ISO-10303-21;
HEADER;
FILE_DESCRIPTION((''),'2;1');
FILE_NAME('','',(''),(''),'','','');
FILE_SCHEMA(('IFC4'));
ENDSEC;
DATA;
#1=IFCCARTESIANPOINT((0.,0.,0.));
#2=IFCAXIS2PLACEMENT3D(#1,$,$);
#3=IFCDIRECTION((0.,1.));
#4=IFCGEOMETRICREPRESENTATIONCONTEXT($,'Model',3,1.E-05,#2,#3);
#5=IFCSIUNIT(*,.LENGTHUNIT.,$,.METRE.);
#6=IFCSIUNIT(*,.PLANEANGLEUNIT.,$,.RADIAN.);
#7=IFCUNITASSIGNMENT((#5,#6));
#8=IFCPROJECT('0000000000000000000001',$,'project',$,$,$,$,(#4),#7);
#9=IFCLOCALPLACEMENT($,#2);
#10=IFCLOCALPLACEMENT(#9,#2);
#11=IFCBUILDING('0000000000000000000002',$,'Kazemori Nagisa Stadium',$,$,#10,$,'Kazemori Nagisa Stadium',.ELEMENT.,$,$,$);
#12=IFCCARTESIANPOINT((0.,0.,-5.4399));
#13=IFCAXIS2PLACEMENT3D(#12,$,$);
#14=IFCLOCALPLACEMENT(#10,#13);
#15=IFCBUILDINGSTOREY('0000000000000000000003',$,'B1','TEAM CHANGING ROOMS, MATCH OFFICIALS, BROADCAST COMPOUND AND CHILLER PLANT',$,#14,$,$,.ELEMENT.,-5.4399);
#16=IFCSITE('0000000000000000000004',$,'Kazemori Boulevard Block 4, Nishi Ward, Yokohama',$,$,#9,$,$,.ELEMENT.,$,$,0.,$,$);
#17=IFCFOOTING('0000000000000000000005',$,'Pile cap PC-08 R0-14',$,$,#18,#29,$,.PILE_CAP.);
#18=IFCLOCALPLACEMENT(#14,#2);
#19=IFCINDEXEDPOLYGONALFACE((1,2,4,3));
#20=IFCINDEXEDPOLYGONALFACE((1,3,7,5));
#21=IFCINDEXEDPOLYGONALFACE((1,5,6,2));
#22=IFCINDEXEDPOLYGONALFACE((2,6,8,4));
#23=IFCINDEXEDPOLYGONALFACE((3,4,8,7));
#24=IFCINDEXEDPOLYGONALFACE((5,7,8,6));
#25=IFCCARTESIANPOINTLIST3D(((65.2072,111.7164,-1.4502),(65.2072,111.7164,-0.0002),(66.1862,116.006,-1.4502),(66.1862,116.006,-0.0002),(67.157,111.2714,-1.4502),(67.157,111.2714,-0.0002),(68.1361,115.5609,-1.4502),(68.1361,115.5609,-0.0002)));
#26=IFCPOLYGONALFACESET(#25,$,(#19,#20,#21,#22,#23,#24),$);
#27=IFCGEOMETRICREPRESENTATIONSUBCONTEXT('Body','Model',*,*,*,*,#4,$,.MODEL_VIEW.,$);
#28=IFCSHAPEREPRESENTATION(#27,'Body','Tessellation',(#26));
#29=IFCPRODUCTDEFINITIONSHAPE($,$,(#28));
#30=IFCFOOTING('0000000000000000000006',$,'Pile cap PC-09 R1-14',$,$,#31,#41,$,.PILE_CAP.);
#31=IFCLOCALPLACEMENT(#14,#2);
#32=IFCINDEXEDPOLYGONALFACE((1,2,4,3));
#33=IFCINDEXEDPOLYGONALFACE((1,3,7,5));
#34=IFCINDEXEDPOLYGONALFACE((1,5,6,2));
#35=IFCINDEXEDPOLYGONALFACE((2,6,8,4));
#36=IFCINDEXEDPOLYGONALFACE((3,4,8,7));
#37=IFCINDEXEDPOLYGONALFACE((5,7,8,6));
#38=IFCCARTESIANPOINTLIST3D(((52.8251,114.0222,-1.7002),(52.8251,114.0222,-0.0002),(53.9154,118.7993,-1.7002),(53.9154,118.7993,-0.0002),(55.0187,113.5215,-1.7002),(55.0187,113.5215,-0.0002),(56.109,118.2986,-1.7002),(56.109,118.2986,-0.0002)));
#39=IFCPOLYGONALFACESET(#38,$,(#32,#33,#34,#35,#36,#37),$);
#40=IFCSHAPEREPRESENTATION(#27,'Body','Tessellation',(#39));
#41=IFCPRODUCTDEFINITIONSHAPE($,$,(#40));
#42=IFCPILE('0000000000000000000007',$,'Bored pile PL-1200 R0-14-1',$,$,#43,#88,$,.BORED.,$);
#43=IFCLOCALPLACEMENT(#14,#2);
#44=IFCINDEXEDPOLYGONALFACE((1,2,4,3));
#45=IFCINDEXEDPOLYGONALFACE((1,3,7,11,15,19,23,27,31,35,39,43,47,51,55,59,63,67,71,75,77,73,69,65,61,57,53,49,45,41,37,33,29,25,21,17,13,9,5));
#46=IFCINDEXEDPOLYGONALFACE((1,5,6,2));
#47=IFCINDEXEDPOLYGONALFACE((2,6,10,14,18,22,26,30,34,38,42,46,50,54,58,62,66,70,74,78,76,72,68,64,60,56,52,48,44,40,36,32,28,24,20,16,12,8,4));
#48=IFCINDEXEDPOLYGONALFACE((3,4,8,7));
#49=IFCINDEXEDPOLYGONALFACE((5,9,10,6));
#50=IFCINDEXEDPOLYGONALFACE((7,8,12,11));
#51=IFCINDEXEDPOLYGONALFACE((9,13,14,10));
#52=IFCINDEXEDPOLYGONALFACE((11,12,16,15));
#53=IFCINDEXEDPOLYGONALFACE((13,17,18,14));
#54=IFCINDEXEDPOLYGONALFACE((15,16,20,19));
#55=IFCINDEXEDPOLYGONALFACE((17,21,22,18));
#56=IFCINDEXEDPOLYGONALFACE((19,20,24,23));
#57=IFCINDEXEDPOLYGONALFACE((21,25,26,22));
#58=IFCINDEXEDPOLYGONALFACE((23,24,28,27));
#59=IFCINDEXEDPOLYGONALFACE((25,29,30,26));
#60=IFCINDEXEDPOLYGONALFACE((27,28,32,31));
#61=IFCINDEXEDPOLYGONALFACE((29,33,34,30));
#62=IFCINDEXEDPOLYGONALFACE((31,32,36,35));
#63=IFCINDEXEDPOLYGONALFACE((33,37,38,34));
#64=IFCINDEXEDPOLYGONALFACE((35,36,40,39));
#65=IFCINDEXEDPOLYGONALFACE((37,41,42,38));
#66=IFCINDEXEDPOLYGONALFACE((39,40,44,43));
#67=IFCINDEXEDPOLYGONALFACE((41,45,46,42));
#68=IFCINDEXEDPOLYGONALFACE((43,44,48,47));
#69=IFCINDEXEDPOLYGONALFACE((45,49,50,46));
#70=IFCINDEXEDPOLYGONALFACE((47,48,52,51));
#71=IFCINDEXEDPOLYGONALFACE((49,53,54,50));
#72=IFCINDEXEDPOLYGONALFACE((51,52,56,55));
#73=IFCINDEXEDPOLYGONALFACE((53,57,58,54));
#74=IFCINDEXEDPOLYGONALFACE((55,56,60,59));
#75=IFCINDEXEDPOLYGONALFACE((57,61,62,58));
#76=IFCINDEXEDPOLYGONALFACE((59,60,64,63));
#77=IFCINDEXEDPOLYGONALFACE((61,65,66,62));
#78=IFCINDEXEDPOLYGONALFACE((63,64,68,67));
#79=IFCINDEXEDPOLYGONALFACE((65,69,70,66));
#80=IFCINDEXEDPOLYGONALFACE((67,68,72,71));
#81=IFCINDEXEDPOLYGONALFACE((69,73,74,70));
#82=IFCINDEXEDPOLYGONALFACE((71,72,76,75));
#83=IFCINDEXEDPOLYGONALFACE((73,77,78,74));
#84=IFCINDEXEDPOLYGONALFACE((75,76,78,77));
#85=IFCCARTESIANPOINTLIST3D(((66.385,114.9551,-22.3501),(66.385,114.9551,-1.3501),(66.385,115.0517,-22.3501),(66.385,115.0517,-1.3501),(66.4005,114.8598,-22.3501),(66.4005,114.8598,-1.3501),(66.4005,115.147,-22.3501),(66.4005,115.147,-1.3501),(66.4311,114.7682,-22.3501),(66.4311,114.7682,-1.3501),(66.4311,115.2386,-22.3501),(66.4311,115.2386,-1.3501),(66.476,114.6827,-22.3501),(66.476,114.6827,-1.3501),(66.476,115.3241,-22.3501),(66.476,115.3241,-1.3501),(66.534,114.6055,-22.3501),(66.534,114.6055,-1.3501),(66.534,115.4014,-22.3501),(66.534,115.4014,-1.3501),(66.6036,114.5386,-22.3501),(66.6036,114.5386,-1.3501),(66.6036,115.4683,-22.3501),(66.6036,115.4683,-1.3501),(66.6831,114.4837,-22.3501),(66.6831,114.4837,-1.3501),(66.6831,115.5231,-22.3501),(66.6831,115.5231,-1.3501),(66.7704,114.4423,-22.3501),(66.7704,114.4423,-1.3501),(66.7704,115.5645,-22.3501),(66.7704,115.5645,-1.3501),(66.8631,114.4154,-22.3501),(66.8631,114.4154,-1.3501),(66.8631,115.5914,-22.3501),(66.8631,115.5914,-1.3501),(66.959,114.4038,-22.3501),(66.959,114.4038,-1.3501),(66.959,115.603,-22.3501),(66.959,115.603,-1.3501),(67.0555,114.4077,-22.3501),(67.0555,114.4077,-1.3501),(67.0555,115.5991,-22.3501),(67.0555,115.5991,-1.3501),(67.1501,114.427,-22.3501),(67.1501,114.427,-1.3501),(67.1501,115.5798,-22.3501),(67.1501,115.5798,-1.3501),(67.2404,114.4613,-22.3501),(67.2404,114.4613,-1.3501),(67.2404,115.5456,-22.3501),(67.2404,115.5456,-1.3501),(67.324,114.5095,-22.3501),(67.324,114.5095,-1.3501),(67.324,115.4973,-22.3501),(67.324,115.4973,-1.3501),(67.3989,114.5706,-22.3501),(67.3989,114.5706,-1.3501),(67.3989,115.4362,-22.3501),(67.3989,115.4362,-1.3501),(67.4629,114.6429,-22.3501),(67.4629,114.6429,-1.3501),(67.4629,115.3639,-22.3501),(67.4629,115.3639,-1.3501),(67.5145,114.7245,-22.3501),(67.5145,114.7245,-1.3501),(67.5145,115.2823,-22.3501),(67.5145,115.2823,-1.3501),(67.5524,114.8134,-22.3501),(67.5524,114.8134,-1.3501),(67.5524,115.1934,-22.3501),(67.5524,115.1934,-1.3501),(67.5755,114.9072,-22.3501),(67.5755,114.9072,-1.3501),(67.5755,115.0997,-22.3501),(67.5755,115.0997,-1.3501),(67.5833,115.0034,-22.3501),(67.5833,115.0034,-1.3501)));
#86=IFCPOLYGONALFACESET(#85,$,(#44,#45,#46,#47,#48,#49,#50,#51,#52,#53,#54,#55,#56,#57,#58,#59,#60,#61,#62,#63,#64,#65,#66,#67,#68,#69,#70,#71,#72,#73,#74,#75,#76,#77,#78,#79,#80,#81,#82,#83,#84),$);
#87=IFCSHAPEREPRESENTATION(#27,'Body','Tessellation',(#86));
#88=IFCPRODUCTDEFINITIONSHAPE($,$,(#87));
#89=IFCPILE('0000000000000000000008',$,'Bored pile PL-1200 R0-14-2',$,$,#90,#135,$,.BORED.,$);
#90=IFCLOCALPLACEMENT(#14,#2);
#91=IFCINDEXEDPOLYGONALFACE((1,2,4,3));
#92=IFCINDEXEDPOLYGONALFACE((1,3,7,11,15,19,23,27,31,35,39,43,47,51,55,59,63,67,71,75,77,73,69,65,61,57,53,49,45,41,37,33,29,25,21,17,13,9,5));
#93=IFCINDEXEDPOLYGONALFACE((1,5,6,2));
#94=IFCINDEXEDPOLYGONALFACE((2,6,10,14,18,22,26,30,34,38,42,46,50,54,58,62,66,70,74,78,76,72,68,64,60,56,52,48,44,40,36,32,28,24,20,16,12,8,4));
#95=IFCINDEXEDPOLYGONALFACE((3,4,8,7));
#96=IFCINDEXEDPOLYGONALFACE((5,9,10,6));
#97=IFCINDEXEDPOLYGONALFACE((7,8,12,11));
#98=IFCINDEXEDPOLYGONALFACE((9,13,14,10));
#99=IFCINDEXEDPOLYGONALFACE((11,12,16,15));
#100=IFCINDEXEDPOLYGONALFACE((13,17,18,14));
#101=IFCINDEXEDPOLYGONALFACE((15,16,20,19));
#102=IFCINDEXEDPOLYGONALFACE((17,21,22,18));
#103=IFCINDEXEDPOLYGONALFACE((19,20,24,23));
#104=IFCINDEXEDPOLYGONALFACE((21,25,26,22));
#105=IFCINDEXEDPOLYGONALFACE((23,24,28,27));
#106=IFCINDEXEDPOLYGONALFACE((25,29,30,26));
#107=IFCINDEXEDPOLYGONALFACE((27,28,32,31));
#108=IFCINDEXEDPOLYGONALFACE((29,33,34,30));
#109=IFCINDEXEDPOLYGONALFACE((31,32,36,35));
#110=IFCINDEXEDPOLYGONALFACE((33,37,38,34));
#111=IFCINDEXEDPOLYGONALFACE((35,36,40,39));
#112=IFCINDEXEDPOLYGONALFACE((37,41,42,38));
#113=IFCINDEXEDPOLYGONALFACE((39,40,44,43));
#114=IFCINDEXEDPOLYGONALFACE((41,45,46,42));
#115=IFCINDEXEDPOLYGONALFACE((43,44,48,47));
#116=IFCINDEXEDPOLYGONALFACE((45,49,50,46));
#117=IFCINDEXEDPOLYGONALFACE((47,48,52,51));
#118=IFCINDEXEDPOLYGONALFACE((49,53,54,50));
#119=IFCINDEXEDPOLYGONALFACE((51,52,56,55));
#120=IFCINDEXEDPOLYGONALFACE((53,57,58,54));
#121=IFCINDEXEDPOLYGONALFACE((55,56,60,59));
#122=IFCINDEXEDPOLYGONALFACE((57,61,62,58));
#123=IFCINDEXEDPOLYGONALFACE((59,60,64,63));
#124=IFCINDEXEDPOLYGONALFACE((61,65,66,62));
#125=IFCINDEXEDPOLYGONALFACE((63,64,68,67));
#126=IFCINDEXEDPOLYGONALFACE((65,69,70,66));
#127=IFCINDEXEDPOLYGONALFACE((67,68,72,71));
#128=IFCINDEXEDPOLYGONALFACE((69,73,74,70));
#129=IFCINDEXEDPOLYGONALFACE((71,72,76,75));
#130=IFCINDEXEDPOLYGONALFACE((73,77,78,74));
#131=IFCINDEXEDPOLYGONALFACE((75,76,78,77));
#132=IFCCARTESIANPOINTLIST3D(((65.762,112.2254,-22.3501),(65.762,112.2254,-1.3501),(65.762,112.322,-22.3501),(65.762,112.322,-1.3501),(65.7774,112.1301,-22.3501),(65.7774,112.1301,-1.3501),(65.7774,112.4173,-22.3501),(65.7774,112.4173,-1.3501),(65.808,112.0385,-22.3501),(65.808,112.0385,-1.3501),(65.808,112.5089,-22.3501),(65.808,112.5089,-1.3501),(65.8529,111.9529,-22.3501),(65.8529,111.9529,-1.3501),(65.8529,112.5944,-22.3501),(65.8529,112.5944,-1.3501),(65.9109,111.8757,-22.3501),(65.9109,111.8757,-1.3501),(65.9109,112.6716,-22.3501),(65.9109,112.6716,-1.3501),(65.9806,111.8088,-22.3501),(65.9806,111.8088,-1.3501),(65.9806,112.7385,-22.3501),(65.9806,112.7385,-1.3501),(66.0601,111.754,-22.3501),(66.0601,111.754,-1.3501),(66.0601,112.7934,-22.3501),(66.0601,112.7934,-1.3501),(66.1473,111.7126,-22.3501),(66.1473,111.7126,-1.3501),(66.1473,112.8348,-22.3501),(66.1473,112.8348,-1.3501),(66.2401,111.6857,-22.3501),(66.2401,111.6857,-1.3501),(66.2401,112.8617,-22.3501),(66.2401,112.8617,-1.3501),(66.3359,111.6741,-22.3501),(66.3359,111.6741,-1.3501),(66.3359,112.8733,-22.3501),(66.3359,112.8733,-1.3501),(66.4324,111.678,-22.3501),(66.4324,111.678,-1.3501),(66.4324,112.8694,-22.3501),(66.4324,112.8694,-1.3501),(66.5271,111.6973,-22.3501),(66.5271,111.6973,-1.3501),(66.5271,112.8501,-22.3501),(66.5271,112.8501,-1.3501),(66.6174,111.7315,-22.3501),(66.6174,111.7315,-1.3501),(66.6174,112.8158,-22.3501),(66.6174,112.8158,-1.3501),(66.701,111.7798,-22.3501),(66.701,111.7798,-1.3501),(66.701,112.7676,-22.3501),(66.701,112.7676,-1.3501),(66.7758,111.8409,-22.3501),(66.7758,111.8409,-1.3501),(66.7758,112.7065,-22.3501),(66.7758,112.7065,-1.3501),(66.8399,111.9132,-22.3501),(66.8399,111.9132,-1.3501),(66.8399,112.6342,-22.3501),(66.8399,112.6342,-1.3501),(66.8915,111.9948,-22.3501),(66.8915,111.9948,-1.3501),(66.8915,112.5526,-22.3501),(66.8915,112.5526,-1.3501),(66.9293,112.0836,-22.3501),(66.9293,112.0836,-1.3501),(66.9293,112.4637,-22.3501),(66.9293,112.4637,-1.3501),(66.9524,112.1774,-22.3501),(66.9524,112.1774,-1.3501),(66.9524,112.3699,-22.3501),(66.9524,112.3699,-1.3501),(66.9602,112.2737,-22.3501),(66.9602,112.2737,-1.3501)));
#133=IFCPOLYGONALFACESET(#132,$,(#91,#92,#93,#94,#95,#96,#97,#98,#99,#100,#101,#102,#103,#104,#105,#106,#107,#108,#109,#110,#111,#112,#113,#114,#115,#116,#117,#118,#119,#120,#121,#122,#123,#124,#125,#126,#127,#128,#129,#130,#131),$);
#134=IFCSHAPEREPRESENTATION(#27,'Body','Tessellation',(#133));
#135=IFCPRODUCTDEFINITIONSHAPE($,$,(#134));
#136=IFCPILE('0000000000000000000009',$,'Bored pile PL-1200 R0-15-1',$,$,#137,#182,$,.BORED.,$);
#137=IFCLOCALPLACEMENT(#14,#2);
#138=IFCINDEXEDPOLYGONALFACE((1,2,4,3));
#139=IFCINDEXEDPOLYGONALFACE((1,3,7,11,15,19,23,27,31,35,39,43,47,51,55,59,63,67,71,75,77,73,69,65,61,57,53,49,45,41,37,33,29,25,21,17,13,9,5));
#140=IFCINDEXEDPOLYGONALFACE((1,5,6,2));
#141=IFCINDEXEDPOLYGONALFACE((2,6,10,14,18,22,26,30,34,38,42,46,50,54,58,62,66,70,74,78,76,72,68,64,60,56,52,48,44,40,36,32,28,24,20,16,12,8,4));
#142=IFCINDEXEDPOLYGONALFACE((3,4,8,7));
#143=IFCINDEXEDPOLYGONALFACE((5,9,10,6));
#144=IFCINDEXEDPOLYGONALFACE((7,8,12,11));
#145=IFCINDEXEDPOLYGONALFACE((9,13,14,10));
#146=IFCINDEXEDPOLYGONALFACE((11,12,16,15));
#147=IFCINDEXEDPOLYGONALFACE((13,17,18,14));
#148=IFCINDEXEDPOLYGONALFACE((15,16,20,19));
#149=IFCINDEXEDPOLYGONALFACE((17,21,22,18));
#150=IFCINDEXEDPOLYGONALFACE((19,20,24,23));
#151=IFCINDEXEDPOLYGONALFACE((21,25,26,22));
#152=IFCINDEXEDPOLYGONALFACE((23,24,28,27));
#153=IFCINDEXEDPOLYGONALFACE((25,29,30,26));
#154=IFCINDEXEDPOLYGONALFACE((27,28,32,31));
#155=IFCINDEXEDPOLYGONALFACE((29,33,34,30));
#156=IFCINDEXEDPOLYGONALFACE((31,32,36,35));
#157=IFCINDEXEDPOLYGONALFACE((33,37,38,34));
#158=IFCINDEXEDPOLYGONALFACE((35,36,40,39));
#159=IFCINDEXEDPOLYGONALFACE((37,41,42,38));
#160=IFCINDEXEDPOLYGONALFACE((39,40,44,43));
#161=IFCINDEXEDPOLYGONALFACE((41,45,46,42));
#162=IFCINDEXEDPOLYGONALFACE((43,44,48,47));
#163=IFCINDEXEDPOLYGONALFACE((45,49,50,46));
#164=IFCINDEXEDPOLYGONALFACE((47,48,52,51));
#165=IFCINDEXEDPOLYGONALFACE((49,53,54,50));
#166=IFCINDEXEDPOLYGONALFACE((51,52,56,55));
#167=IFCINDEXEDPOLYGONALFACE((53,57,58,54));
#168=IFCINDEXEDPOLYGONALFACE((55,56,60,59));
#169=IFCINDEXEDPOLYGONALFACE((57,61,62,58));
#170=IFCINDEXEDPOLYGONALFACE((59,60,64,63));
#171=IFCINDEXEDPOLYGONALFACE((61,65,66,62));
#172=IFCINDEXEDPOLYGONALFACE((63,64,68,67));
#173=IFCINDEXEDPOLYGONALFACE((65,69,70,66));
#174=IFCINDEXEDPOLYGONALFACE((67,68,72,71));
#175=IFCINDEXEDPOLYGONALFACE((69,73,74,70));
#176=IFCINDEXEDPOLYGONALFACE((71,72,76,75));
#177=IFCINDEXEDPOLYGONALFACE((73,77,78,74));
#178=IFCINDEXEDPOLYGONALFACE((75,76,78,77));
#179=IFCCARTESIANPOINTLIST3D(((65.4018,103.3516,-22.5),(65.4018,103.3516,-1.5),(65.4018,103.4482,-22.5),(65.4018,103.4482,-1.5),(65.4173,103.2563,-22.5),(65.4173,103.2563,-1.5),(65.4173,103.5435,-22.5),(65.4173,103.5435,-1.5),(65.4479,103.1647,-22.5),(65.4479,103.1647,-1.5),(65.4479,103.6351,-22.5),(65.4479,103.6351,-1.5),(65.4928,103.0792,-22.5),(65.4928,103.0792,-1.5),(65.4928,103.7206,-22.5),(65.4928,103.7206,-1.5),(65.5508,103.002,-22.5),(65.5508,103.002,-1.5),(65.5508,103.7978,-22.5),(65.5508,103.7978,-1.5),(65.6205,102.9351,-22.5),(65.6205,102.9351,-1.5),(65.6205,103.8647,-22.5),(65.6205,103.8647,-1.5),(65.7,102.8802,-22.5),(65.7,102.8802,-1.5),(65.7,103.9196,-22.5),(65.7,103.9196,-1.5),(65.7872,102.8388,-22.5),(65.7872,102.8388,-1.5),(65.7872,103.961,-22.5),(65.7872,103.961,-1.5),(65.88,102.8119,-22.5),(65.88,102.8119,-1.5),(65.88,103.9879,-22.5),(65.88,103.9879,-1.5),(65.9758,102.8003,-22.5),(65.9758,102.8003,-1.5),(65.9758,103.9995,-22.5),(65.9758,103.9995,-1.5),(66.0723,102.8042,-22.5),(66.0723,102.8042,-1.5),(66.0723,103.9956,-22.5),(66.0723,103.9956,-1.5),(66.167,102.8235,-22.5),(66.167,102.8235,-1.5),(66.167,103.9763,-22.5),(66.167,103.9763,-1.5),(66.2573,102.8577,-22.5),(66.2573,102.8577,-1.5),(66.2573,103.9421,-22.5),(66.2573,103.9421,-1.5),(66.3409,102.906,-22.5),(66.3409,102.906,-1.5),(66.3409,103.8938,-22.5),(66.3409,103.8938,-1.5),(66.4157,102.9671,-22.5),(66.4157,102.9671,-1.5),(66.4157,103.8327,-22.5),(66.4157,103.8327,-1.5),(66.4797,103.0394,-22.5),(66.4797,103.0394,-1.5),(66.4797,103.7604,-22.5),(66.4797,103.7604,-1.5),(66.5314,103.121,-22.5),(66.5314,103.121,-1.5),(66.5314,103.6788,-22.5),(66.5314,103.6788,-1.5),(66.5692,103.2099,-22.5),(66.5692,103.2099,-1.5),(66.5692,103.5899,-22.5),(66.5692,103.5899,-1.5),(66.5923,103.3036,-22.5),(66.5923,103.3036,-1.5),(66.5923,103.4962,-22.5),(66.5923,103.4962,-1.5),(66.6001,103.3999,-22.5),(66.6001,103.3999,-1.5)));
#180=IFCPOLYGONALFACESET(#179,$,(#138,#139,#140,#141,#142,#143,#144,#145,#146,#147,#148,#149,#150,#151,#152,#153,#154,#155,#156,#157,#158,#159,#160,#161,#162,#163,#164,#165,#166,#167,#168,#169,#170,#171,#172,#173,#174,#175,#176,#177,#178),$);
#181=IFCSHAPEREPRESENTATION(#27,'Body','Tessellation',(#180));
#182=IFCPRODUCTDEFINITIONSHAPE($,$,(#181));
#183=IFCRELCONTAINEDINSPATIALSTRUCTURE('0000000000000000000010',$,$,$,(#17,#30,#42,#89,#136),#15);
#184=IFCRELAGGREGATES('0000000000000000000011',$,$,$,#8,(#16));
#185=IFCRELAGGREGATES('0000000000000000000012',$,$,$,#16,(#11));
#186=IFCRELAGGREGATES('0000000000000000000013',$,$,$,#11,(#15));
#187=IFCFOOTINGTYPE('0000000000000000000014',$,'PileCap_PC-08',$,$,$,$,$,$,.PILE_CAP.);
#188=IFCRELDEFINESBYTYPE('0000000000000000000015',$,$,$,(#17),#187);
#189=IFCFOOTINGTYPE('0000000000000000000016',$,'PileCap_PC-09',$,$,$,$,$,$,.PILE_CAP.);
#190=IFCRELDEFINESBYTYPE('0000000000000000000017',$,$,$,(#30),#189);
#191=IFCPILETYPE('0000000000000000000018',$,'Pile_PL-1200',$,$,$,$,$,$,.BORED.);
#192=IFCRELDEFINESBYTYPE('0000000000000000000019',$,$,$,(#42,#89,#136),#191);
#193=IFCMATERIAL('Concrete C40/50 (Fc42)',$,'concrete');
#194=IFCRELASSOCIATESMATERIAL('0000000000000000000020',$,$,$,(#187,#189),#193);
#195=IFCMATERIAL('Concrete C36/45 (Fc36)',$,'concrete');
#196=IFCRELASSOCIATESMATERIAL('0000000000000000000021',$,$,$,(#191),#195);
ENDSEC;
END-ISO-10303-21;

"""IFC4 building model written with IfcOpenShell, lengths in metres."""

from ifc_helpers import new_model, si_unit, direction, frame, origin, origin_2d, place, context, subcontext, project, spatial, rectangle, circle, extrude, material, material_profile, profile_set, type_object, element, save


model = new_model("IFC4")

# Units and contexts
model_context = context("Model", 3, precision=1e-05, world=origin(), true_north=direction((0.0, 1.0)))
body_context = subcontext(model_context, "Body", "Model", "MODEL_VIEW")
ifc_project = project(units=[si_unit("LENGTHUNIT", "METRE"), si_unit("PLANEANGLEUNIT", "RADIAN")], contexts=[model_context])

# Site, building, storey
site_placement = place(None, origin())
site = spatial("IfcSite", under=ifc_project, at=site_placement, Name="Kazemori Boulevard Block 4, Nishi Ward, Yokohama", CompositionType="ELEMENT", RefElevation=0.0)
building_placement = place(site_placement, origin())
building = spatial("IfcBuilding", under=site, at=building_placement, Name="Kazemori Nagisa Stadium", LongName="Kazemori Nagisa Stadium", CompositionType="ELEMENT")
storey_placement = place(building_placement, frame((0.0, 0.0, -5.4399)))
storey = spatial("IfcBuildingStorey", under=building, at=storey_placement, Name="B1", Description="TEAM CHANGING ROOMS, MATCH OFFICIALS, BROADCAST COMPOUND AND CHILLER PLANT", CompositionType="ELEMENT", Elevation=-5.4399)

# Footings
ifc_material_1 = material(Name="Concrete C40/50 (Fc42)", Category="concrete")
footing_type_1 = type_object("IfcFootingType", Name="PileCap_PC-08", PredefinedType="PILE_CAP", material=ifc_material_1)
footing_1_placement = place(storey_placement, frame((66.6716, 113.6387, -1.4502), z_axis=(0.0, 0.0, 1.0), x_axis=(-0.222521, -0.974928, 0.0)))
element("IfcFooting", 1, at=footing_1_placement, inside=storey, type_object=footing_type_1, Name="Pile cap PC-08 R0-14", PredefinedType="PILE_CAP", context=body_context, shape_type="SweptSolid", body=[
    extrude(rectangle(XDim=4.3999, YDim=2.0, at=origin_2d()), origin(), (0.0, 0.0, 1.0), 1.45),
])
footing_type_2 = type_object("IfcFootingType", Name="PileCap_PC-09", PredefinedType="PILE_CAP", material=ifc_material_1)
footing_2_placement = place(storey_placement, frame((54.467, 116.1604, -1.7002), z_axis=(0.0, 0.0, 1.0), x_axis=(-0.222521, -0.974928, 0.0)))
element("IfcFooting", 2, at=footing_2_placement, inside=storey, type_object=footing_type_2, Name="Pile cap PC-09 R1-14", PredefinedType="PILE_CAP", context=body_context, shape_type="SweptSolid", body=[
    extrude(rectangle(XDim=4.8999, YDim=2.25, at=origin_2d()), origin(), (0.0, 0.0, 1.0), 1.7),
])

# Piles
ifc_material_2 = material(Name="Concrete C36/45 (Fc36)", Category="concrete")
ifc_material_profile_1 = material_profile(ifc_material_2, circle(Radius=0.6001, at=origin_2d()), Name="PILE-D1200")
ifc_profile_set_1 = profile_set([ifc_material_profile_1], Name="Concrete C36/45 (Fc36)")
pile_type = type_object("IfcPileType", Name="Pile_PL-1200", PredefinedType="BORED", material=ifc_profile_set_1)
for number, where, z_axis, x_axis, name in (
    (3, (66.9832, 115.0034, -1.3501), (0.0, 0.0, -1.0), (1.0, 0.0, 0.0), "Bored pile PL-1200 R0-14-1"),
    (4, (66.3601, 112.2737, -1.3501), (0.0, 0.0, -1.0), (1.0, 0.0, 0.0), "Bored pile PL-1200 R0-14-2"),
    (5, (66.0, 103.3999, -1.5), (0.0, 0.0, -1.0), (1.0, 0.0, 0.0), "Bored pile PL-1200 R0-15-1"),
):
    element("IfcPile", number, at=place(storey_placement, frame(where, z_axis=z_axis, x_axis=x_axis)), inside=storey, type_object=pile_type, Name=name, PredefinedType="BORED", context=body_context, shape_type="SweptSolid", body=[
        extrude(circle(Radius=0.6001, at=origin_2d()), origin(), (0.0, 0.0, 1.0), 21.0),
    ])

save(model, "model.ifc")
